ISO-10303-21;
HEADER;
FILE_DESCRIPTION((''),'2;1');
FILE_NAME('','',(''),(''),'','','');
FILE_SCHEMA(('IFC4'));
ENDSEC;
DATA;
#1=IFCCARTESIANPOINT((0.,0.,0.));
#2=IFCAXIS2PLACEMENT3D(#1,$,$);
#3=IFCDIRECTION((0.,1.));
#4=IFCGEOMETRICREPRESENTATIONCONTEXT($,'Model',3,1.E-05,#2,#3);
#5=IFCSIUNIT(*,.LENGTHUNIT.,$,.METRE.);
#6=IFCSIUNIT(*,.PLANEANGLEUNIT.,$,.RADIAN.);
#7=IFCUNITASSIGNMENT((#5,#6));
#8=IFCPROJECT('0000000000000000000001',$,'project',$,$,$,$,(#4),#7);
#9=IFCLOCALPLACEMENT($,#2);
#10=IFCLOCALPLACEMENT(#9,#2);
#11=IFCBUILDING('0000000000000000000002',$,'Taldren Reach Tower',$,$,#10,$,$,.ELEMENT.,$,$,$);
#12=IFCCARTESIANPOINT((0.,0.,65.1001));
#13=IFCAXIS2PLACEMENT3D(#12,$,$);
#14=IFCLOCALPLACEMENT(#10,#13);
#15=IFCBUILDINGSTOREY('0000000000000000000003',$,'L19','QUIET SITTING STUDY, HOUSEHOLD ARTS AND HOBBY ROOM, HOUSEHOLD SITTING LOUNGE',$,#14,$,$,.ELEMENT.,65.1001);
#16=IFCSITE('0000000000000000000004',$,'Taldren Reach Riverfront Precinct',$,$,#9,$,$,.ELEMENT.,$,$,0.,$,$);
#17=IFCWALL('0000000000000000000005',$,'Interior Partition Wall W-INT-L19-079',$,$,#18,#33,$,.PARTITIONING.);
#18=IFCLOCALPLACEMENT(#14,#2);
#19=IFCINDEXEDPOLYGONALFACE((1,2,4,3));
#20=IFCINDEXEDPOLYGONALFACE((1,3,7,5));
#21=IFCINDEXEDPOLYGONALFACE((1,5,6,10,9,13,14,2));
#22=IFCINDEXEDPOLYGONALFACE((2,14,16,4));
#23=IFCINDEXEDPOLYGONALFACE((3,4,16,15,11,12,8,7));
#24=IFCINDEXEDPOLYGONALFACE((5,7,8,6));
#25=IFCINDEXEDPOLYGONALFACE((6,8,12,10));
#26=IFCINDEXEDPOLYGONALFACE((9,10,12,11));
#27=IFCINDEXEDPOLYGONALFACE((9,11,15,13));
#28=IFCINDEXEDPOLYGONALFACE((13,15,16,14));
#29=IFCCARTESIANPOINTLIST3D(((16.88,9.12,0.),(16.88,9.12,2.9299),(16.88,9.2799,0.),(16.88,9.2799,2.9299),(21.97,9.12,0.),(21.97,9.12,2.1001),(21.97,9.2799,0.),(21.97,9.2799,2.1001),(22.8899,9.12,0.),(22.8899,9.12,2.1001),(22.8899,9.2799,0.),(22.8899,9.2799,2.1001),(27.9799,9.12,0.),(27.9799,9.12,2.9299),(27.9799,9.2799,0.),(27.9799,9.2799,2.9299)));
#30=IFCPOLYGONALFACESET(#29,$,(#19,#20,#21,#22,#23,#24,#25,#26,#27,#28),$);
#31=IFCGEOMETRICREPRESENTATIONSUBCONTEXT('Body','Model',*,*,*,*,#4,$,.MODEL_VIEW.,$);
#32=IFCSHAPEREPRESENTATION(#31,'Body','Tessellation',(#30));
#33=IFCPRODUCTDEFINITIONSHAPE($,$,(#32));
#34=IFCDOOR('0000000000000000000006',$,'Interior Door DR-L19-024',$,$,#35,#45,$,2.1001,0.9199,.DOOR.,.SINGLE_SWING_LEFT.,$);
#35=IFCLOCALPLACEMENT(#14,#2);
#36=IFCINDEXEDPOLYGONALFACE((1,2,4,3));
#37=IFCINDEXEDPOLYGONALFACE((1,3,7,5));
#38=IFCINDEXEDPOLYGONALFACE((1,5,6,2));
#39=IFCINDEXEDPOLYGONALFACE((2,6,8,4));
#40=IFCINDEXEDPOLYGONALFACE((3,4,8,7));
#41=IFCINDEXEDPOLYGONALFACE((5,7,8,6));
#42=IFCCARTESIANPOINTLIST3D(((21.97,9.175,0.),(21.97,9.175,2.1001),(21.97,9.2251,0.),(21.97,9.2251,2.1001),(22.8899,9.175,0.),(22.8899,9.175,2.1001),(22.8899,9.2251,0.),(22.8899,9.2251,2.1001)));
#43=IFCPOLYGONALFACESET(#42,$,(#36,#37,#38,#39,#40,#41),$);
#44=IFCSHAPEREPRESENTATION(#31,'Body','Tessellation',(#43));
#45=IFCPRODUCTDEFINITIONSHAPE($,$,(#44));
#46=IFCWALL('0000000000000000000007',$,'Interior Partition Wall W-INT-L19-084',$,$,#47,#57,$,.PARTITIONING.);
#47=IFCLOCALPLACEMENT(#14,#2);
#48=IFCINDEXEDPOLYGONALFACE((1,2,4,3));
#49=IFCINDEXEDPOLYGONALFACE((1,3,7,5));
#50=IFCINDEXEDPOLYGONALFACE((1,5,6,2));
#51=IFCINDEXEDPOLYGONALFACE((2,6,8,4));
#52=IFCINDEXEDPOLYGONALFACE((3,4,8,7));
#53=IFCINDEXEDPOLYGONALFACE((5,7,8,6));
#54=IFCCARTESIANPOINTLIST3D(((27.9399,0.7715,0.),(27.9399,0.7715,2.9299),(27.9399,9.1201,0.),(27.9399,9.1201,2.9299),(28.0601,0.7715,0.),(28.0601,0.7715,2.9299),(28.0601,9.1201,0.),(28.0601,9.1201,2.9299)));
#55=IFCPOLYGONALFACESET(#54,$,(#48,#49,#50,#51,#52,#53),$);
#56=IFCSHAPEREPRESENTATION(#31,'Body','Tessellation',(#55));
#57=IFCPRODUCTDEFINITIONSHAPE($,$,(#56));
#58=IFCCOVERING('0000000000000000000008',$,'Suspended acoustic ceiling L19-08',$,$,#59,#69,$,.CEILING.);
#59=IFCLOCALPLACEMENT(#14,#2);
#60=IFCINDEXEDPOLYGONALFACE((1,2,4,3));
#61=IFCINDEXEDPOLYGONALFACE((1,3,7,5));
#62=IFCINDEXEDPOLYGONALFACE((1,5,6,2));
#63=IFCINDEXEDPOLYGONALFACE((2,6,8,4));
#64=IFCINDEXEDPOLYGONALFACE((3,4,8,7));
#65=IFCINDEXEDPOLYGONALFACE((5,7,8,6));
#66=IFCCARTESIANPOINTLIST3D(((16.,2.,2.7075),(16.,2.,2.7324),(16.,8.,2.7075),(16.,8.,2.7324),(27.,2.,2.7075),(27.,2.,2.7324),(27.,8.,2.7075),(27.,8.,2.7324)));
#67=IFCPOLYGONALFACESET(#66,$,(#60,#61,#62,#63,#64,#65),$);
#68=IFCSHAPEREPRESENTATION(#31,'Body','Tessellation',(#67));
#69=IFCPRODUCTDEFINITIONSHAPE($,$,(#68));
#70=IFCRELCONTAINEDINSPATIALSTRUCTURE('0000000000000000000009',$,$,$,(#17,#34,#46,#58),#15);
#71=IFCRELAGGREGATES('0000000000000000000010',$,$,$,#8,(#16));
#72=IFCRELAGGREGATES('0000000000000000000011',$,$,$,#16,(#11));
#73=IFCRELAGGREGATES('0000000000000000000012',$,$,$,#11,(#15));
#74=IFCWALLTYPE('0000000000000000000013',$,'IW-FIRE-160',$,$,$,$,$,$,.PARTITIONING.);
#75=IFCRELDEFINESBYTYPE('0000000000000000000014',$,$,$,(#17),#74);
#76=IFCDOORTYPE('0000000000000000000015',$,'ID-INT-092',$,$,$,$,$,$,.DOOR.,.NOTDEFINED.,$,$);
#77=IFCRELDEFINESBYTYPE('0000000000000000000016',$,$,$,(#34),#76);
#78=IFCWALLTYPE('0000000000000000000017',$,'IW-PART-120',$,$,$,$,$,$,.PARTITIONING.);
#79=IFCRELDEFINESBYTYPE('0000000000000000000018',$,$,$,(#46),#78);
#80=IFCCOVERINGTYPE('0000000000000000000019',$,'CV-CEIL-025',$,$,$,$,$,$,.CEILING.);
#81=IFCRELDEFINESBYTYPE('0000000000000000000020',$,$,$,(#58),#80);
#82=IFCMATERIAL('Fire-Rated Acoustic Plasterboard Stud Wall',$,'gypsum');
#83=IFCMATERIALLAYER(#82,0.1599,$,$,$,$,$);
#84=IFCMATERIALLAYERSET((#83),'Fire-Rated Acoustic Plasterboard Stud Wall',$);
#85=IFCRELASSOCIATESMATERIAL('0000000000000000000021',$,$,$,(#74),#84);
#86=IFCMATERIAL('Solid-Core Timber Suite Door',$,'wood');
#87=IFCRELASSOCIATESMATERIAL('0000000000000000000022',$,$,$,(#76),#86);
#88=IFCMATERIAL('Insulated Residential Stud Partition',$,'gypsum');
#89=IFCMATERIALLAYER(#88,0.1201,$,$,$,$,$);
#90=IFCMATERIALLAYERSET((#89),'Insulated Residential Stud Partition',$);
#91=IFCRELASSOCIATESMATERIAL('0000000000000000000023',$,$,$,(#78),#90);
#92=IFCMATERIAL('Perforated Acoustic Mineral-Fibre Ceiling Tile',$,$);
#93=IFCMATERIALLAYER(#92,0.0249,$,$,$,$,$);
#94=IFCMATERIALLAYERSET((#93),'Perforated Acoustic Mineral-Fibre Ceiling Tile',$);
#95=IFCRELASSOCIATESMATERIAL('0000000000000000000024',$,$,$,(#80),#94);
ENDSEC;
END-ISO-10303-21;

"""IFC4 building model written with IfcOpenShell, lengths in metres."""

from ifc_helpers import new_model, si_unit, direction, frame, frame_2d, origin, origin_2d, place, context, subcontext, project, spatial, rectangle, extrude, source, transform, mapped, material, layer, layer_set, type_object, element, fill, save


model = new_model("IFC4")

# Units and contexts
model_context = context("Model", 3, precision=1e-05, world=origin(), true_north=direction((0.0, 1.0)))
body_context = subcontext(model_context, "Body", "Model", "MODEL_VIEW")
ifc_project = project(units=[si_unit("LENGTHUNIT", "METRE"), si_unit("PLANEANGLEUNIT", "RADIAN")], contexts=[model_context])

# Site, building, storey
site_placement = place(None, origin())
site = spatial("IfcSite", under=ifc_project, at=site_placement, Name="Taldren Reach Riverfront Precinct", CompositionType="ELEMENT", RefElevation=0.0)
building_placement = place(site_placement, origin())
building = spatial("IfcBuilding", under=site, at=building_placement, Name="Taldren Reach Tower", CompositionType="ELEMENT")
storey_placement = place(building_placement, frame((0.0, 0.0, 65.1001)))
storey = spatial("IfcBuildingStorey", under=building, at=storey_placement, Name="L19", Description="QUIET SITTING STUDY, HOUSEHOLD ARTS AND HOBBY ROOM, HOUSEHOLD SITTING LOUNGE", CompositionType="ELEMENT", Elevation=65.1001)

# Shared definitions
ifc_material_1 = material(Name="Fire-Rated Acoustic Plasterboard Stud Wall", Category="gypsum")
ifc_layer_1 = layer(ifc_material_1, 0.1599)
ifc_layer_set_1 = layer_set([ifc_layer_1], Name="Fire-Rated Acoustic Plasterboard Stud Wall")
wall_type_1 = type_object("IfcWallType", Name="IW-FIRE-160", PredefinedType="PARTITIONING", material=ifc_layer_set_1)
shared_shape_1 = source(origin(), body_context, "Body", "SweptSolid", [
    extrude(rectangle(XDim=11.0999, YDim=0.1599, at=frame_2d((5.5498, 0.0))), origin(), (0.0, 0.0, 1.0), 2.9299),
])

# Wall, opening, door
wall_1_placement = place(storey_placement, frame((27.9797, 9.2, 0.0), z_axis=(0.0, 0.0, 1.0), x_axis=(-1.0, 0.0, 0.0)))
wall_1 = element("IfcWall", 1, at=wall_1_placement, inside=storey, type_object=wall_type_1, Name="Interior Partition Wall W-INT-L19-079", PredefinedType="PARTITIONING", context=body_context, shape_type="MappedRepresentation", body=[
    mapped(shared_shape_1, transform((0.0, 0.0, 0.0), scale=1.0)),
])
shared_shape_2 = source(origin(), body_context, "Body", "SweptSolid", [
    extrude(rectangle(XDim=0.9199, YDim=2.1001, at=frame_2d((0.46, 1.05))), frame((0.0, 0.0898, 0.0), z_axis=(0.0, -1.0, 0.0), x_axis=(1.0, 0.0, 0.0)), (0.0, 0.0, 1.0), 0.1799),
])
opening_placement = place(wall_1_placement, frame((5.0898, 0.0, 0.0)))
opening = element("IfcOpeningElement", 2, at=opening_placement, cuts=wall_1, PredefinedType="OPENING", context=body_context, shape_type="MappedRepresentation", body=[
    mapped(shared_shape_2, transform((0.0, 0.0, 0.0), scale=1.0)),
])
ifc_material_2 = material(Name="Solid-Core Timber Suite Door", Category="wood")
door_type = type_object("IfcDoorType", Name="ID-INT-092", OperationType="NOTDEFINED", PredefinedType="DOOR", material=ifc_material_2)
shared_shape_3 = source(origin(), body_context, "Body", "SweptSolid", [
    extrude(rectangle(XDim=0.9199, YDim=2.1001, at=frame_2d((0.46, 1.05))), frame((0.0, 0.0249, 0.0), z_axis=(0.0, -1.0, 0.0), x_axis=(1.0, 0.0, 0.0)), (0.0, 0.0, 1.0), 0.05),
])
door_placement = place(opening_placement, origin())
door = element("IfcDoor", 3, at=door_placement, inside=storey, type_object=door_type, Name="Interior Door DR-L19-024", OperationType="SINGLE_SWING_LEFT", OverallHeight=2.1001, OverallWidth=0.9199, PredefinedType="DOOR", context=body_context, shape_type="MappedRepresentation", body=[
    mapped(shared_shape_3, transform((0.0, 0.0, 0.0), scale=1.0)),
])
fill(opening, door)

# Wall
ifc_material_3 = material(Name="Insulated Residential Stud Partition", Category="gypsum")
ifc_layer_2 = layer(ifc_material_3, 0.1201)
ifc_layer_set_2 = layer_set([ifc_layer_2], Name="Insulated Residential Stud Partition")
wall_type_2 = type_object("IfcWallType", Name="IW-PART-120", PredefinedType="PARTITIONING", material=ifc_layer_set_2)
shared_shape_4 = source(origin(), body_context, "Body", "SweptSolid", [
    extrude(rectangle(XDim=8.3486, YDim=0.1201, at=frame_2d((4.1743, 0.0))), origin(), (0.0, 0.0, 1.0), 2.9299),
])
wall_2_placement = place(storey_placement, frame((28.0, 9.1201, 0.0), z_axis=(0.0, 0.0, 1.0), x_axis=(0.0, -1.0, 0.0)))
element("IfcWall", 4, at=wall_2_placement, inside=storey, type_object=wall_type_2, Name="Interior Partition Wall W-INT-L19-084", PredefinedType="PARTITIONING", context=body_context, shape_type="MappedRepresentation", body=[
    mapped(shared_shape_4, transform((0.0, 0.0, 0.0), scale=1.0)),
])

# Covering
ifc_material_4 = material(Name="Perforated Acoustic Mineral-Fibre Ceiling Tile")
ifc_layer_3 = layer(ifc_material_4, 0.0249)
ifc_layer_set_3 = layer_set([ifc_layer_3], Name="Perforated Acoustic Mineral-Fibre Ceiling Tile")
covering_type = type_object("IfcCoveringType", Name="CV-CEIL-025", PredefinedType="CEILING", material=ifc_layer_set_3)
shared_shape_5 = source(origin(), body_context, "Body", "SweptSolid", [
    extrude(rectangle(XDim=11.0, YDim=6.0, at=origin_2d()), origin(), (0.0, 0.0, 1.0), 0.0249),
])
covering_placement = place(storey_placement, frame((21.5, 5.0, 2.7075), z_axis=(0.0, 0.0, 1.0), x_axis=(1.0, 0.0, 0.0)))
element("IfcCovering", 5, at=covering_placement, inside=storey, type_object=covering_type, Name="Suspended acoustic ceiling L19-08", PredefinedType="CEILING", context=body_context, shape_type="MappedRepresentation", body=[
    mapped(shared_shape_5, transform((0.0, 0.0, 0.0), scale=1.0)),
])

save(model, "model.ifc")
